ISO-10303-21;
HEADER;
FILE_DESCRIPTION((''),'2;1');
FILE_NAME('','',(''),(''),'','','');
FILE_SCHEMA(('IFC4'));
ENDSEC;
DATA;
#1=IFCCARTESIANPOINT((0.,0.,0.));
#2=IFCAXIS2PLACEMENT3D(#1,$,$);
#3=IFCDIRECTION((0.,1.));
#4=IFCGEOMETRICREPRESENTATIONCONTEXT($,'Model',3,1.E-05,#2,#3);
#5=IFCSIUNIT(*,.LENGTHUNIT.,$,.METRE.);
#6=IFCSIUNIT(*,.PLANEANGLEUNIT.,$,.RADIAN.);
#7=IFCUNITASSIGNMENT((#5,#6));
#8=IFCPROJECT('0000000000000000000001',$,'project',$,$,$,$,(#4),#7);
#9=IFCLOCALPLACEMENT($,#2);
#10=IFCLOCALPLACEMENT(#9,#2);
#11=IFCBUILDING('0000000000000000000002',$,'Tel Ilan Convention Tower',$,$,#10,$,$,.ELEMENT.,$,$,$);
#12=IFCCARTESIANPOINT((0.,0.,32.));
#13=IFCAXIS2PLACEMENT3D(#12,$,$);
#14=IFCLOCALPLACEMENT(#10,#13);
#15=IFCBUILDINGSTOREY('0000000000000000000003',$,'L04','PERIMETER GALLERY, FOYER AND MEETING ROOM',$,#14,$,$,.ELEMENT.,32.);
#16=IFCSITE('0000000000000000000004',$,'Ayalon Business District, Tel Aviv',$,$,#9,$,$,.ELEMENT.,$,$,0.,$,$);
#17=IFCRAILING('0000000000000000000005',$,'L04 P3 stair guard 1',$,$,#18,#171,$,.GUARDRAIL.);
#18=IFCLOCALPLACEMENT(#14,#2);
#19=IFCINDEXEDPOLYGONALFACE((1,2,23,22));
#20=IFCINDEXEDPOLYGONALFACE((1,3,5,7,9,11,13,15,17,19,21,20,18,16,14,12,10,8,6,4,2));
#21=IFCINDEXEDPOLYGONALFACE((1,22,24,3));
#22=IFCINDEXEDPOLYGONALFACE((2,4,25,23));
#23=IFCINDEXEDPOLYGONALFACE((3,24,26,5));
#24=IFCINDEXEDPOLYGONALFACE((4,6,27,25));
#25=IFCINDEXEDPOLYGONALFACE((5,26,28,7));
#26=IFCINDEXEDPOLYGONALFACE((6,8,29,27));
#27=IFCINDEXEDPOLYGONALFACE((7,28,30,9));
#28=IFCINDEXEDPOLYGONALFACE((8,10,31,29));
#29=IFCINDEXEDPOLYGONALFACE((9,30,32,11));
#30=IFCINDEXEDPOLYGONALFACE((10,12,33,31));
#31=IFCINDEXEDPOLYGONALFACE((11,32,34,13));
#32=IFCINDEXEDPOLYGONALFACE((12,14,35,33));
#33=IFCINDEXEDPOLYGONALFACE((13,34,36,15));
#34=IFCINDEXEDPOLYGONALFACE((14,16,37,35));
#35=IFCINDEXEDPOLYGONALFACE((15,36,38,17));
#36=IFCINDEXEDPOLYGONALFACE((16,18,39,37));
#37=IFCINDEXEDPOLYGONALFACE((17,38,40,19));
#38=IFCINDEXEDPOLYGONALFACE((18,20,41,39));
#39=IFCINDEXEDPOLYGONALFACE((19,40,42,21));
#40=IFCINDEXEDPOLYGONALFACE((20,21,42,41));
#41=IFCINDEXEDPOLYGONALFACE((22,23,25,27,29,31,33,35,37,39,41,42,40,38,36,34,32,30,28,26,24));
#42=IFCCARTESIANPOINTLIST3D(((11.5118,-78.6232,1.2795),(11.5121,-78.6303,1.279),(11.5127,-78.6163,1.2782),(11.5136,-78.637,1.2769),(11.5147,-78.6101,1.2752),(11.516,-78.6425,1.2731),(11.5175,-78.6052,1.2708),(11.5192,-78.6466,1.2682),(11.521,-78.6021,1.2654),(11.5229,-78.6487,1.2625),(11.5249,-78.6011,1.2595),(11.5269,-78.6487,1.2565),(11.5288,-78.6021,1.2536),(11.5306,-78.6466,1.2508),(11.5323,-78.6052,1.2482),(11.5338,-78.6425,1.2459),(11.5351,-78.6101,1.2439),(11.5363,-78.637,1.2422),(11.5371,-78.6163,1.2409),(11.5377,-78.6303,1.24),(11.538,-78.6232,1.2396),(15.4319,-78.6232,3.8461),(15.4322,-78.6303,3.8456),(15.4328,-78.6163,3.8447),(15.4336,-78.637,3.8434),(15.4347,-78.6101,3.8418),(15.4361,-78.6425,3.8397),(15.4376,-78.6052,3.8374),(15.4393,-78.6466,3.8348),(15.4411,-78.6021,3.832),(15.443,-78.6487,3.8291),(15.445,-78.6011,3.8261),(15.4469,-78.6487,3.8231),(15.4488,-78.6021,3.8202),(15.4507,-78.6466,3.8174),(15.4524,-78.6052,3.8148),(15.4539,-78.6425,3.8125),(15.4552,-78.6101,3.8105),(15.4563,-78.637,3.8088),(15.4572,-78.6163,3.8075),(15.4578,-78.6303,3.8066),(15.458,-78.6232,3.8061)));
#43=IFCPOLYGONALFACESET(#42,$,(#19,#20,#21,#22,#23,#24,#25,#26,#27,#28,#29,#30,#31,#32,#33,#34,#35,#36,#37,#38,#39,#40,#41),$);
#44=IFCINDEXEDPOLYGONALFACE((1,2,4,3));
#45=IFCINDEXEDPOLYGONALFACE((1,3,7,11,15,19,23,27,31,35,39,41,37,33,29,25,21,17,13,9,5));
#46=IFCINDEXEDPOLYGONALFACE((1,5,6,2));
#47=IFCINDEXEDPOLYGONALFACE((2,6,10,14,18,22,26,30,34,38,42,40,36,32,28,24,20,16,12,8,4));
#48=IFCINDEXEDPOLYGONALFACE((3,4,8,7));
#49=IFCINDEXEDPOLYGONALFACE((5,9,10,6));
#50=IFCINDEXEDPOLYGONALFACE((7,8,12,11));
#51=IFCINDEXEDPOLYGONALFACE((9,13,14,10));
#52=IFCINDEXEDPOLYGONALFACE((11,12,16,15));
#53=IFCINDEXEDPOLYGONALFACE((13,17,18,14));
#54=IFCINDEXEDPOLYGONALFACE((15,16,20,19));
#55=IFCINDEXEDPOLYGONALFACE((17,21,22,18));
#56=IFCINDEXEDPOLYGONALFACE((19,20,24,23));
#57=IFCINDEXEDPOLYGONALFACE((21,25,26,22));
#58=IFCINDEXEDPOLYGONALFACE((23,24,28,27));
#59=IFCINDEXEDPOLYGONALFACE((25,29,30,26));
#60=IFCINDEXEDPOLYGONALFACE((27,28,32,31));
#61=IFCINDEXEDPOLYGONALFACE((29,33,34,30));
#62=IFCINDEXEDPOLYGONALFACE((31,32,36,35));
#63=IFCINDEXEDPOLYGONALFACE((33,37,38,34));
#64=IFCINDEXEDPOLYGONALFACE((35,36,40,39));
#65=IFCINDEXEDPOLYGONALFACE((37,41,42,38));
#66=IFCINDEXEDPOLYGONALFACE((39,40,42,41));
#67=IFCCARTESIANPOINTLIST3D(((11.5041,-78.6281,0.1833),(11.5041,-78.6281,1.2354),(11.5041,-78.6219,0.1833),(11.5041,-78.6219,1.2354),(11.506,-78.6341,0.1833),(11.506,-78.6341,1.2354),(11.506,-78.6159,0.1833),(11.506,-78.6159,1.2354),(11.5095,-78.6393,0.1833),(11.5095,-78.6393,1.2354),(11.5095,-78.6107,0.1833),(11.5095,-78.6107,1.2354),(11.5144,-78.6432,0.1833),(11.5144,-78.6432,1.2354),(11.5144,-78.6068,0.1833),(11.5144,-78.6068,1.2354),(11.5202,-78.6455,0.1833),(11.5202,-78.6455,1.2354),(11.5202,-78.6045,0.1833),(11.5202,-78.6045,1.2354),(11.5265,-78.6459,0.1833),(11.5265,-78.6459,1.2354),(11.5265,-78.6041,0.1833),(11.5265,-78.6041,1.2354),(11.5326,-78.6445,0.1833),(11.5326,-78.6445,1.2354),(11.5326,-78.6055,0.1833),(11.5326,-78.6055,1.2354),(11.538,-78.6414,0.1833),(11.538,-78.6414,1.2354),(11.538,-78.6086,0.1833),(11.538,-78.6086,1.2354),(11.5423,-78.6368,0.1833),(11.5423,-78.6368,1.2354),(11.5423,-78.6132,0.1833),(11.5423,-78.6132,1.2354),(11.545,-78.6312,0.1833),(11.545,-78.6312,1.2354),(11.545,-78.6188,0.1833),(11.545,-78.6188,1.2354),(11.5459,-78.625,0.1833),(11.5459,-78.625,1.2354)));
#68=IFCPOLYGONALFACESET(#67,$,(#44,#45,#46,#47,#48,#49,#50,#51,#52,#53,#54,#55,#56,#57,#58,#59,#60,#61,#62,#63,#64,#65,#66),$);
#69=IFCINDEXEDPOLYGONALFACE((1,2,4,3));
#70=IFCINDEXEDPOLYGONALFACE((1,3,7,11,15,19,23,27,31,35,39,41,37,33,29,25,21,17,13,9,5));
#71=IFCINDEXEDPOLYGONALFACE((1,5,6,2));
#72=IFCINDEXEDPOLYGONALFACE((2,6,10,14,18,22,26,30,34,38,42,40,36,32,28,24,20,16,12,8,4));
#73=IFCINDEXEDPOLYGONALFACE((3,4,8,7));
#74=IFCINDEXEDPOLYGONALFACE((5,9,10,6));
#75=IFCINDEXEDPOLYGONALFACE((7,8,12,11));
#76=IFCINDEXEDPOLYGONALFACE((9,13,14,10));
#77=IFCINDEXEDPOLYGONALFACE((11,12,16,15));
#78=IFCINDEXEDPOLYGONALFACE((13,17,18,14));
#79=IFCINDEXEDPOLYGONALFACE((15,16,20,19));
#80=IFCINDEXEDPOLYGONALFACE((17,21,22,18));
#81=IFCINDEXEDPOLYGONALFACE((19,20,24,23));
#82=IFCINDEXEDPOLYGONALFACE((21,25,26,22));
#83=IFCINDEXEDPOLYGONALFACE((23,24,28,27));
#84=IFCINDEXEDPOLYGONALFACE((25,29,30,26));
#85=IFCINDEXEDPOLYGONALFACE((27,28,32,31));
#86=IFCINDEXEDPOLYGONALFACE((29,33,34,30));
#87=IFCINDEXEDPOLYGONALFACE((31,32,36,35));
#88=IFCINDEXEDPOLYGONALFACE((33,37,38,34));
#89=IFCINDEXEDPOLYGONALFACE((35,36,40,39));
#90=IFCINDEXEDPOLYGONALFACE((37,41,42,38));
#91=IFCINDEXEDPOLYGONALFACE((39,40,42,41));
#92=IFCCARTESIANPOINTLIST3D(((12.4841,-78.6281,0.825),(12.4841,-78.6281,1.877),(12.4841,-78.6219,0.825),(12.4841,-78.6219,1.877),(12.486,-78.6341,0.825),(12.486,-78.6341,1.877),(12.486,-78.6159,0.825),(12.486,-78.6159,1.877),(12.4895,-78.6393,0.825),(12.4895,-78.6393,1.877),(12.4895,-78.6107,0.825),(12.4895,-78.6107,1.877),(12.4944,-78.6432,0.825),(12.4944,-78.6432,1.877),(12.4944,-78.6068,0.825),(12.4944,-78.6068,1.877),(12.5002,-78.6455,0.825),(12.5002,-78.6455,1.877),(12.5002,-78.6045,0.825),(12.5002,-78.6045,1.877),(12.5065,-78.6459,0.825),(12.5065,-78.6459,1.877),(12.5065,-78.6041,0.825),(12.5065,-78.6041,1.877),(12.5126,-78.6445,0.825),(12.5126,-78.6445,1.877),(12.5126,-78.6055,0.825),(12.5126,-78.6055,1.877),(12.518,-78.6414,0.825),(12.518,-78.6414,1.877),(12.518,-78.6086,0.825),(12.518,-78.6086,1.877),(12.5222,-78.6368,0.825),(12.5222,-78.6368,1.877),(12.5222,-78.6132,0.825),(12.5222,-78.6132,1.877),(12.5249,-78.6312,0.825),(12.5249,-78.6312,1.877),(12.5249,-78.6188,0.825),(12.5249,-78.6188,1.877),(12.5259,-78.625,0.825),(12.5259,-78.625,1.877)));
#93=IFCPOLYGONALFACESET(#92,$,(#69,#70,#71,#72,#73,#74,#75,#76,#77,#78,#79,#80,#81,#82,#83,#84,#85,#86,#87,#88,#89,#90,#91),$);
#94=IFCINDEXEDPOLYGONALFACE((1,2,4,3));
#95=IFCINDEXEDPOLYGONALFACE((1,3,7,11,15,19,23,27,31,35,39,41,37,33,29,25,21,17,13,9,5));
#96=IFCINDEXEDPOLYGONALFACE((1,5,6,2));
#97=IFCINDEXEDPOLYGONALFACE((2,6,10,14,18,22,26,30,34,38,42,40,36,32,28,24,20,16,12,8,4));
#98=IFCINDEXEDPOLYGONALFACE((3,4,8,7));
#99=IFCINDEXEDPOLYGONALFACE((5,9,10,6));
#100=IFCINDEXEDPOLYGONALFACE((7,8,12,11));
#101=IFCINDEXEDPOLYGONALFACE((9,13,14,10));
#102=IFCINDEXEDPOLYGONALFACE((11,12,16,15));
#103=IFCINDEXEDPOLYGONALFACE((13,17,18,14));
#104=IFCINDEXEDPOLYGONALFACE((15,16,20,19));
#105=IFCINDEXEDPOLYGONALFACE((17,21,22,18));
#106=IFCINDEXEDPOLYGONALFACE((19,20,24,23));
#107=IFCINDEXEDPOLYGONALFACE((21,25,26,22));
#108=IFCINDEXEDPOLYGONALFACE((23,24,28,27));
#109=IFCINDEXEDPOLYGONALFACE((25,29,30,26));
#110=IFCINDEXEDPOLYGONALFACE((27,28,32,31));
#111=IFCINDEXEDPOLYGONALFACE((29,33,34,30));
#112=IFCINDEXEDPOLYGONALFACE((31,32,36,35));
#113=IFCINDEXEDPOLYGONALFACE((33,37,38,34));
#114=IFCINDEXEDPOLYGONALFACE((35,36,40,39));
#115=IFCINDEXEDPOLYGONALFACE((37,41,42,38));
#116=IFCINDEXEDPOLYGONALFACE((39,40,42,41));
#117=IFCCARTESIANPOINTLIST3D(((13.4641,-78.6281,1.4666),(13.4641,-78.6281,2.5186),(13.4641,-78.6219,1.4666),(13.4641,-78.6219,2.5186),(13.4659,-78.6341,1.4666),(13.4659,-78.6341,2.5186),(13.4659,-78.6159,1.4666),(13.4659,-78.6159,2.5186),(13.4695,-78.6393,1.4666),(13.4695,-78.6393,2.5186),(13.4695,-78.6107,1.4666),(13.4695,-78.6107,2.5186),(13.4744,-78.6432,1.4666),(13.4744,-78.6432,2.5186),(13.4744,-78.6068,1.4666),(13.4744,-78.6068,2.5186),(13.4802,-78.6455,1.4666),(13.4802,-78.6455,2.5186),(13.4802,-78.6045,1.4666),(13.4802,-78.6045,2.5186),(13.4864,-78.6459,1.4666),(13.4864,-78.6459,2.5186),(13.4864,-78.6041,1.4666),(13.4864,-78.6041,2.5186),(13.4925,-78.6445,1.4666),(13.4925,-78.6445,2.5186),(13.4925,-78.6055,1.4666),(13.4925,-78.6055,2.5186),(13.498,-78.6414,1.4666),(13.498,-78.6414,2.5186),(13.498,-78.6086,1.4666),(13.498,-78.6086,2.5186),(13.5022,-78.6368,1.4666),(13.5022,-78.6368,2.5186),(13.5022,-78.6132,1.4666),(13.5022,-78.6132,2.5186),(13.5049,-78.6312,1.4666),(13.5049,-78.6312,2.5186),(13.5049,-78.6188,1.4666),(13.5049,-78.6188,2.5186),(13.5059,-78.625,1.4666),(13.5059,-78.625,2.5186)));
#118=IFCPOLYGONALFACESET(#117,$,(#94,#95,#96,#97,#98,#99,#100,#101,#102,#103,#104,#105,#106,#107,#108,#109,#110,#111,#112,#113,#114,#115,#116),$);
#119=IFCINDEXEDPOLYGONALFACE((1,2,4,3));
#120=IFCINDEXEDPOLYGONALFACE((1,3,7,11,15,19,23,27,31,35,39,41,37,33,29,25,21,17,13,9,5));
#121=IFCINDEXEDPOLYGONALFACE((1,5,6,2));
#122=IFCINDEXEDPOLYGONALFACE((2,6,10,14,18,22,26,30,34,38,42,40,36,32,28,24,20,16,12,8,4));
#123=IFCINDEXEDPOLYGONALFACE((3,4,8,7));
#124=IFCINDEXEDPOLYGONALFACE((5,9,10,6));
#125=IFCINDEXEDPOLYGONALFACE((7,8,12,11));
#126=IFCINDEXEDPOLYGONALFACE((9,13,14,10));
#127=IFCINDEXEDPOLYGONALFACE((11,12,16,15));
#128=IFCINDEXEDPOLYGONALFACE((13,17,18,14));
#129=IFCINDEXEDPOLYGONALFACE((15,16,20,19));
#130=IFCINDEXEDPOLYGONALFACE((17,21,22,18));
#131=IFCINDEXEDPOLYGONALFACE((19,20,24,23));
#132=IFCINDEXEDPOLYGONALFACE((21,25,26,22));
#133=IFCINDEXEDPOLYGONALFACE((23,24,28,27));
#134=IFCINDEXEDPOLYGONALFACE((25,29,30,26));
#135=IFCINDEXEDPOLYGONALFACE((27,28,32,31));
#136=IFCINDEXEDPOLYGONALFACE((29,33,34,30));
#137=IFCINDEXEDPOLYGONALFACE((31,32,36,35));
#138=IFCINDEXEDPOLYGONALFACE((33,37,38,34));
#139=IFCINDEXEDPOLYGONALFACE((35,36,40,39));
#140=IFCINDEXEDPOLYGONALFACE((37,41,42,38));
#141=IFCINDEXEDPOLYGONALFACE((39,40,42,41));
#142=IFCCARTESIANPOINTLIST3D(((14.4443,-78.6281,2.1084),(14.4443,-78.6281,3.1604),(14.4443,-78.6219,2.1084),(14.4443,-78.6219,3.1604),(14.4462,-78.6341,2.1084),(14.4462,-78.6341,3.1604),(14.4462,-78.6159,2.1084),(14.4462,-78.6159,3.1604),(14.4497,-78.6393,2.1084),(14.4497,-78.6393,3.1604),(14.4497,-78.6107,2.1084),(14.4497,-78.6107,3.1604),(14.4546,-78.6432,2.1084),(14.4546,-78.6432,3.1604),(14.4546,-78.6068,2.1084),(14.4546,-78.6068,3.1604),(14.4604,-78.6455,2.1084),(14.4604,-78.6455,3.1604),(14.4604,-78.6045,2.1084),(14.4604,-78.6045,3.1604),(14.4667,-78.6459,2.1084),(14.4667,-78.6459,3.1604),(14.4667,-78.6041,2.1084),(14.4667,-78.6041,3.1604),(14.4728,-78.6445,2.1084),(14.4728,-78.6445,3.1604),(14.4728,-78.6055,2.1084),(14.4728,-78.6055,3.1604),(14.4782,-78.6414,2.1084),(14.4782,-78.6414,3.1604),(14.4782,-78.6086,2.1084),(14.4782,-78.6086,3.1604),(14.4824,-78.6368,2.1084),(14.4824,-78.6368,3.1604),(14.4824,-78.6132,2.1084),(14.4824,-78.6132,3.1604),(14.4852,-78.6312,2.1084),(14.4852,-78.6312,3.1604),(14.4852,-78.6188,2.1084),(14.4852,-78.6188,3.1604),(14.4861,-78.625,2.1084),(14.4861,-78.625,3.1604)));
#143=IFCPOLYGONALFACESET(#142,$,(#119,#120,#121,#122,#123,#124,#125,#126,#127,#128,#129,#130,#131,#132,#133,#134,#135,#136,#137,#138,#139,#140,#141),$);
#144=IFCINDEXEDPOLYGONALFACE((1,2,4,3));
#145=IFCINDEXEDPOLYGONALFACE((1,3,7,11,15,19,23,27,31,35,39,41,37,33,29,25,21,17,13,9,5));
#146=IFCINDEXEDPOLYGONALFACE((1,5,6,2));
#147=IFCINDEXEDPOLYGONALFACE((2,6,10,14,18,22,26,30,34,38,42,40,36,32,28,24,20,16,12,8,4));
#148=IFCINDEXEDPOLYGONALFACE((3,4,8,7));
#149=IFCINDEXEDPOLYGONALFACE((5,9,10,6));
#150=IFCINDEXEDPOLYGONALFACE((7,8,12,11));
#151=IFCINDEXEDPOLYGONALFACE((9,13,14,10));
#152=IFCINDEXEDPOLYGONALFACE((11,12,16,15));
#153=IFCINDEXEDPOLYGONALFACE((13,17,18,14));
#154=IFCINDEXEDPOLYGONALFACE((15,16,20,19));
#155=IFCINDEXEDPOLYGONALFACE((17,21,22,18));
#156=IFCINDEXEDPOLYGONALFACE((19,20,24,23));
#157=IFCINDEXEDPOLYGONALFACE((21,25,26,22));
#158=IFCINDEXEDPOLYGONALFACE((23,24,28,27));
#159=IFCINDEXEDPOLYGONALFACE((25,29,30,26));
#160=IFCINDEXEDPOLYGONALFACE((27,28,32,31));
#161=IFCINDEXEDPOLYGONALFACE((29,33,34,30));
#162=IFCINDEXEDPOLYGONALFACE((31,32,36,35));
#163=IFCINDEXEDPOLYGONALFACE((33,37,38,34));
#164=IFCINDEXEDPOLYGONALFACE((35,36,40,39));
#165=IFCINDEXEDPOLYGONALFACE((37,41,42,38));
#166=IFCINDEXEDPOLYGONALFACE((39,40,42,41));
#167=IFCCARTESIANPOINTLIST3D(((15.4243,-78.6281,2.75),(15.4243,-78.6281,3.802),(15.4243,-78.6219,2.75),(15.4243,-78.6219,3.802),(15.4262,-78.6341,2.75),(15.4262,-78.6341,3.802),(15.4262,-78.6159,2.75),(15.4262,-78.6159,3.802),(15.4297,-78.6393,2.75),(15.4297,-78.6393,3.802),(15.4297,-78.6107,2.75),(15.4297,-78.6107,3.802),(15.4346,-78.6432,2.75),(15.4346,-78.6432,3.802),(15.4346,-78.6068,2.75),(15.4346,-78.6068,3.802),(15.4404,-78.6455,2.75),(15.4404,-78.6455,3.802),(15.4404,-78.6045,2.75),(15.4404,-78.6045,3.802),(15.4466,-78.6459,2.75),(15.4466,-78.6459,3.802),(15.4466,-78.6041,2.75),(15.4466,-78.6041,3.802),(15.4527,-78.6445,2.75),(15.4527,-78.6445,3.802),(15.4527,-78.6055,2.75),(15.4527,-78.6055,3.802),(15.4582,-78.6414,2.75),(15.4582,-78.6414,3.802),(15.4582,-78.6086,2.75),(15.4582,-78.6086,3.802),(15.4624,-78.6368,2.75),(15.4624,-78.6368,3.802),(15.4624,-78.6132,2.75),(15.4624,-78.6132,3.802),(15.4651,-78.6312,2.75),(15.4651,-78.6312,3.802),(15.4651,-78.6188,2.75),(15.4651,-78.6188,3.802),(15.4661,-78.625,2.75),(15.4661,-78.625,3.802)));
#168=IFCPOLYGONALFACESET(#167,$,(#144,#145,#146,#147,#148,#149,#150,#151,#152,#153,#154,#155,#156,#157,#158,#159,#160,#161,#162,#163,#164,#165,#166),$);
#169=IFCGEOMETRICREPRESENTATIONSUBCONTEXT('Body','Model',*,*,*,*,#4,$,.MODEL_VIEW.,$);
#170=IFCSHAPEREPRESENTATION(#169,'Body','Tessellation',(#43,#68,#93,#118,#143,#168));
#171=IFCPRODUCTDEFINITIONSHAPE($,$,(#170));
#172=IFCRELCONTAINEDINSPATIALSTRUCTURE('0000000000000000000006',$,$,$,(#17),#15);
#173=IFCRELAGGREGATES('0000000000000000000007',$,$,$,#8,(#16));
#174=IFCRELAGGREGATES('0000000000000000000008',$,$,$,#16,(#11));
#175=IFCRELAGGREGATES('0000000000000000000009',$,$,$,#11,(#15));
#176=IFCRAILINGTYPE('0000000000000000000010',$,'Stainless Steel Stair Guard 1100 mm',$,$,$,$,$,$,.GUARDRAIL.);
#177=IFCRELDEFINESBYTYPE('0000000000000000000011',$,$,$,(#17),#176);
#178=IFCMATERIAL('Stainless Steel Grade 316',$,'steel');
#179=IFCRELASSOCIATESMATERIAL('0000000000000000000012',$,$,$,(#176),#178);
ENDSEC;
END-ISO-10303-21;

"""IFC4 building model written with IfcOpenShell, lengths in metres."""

from ifc_helpers import new_model, si_unit, direction, frame, origin, origin_2d, place, context, subcontext, project, spatial, circle, extrude, material, type_object, element, save


model = new_model("IFC4")

# Units and contexts
model_context = context("Model", 3, precision=1e-05, world=origin(), true_north=direction((0.0, 1.0)))
body_context = subcontext(model_context, "Body", "Model", "MODEL_VIEW")
ifc_project = project(units=[si_unit("LENGTHUNIT", "METRE"), si_unit("PLANEANGLEUNIT", "RADIAN")], contexts=[model_context])

# Site, building, storey
site_placement = place(None, origin())
site = spatial("IfcSite", under=ifc_project, at=site_placement, Name="Ayalon Business District, Tel Aviv", CompositionType="ELEMENT", RefElevation=0.0)
building_placement = place(site_placement, origin())
building = spatial("IfcBuilding", under=site, at=building_placement, Name="Tel Ilan Convention Tower", CompositionType="ELEMENT")
storey_placement = place(building_placement, frame((0.0, 0.0, 32.0)))
storey = spatial("IfcBuildingStorey", under=building, at=storey_placement, Name="L04", Description="PERIMETER GALLERY, FOYER AND MEETING ROOM", CompositionType="ELEMENT", Elevation=32.0)

# Railing
ifc_material_1 = material(Name="Stainless Steel Grade 316", Category="steel")
railing_type_1 = type_object("IfcRailingType", Name="Stainless Steel Stair Guard 1100 mm", PredefinedType="GUARDRAIL", material=ifc_material_1)
railing_1_placement = place(storey_placement, frame((11.5249, -78.625, 0.1833)))
element("IfcRailing", 1, at=railing_1_placement, inside=storey, type_object=railing_type_1, Name="L04 P3 stair guard 1", PredefinedType="GUARDRAIL", context=body_context, shape_type="SweptSolid", body=[
    extrude(circle(Radius=0.0239, at=origin_2d()), frame((0.0, 0.0, 1.0762), z_axis=(0.836631, 0.0, 0.547767), x_axis=(0.0, 1.0, 0.0)), (0.0, 0.0, 1.0), 4.6855),
    extrude(circle(Radius=0.021, at=origin_2d()), origin(), (0.0, 0.0, 1.0), 1.052),
    extrude(circle(Radius=0.021, at=origin_2d()), frame((0.98, 0.0, 0.6416)), (0.0, 0.0, 1.0), 1.052),
    extrude(circle(Radius=0.021, at=origin_2d()), frame((1.96, 0.0, 1.2832)), (0.0, 0.0, 1.0), 1.052),
    extrude(circle(Radius=0.021, at=origin_2d()), frame((2.9402, 0.0, 1.925)), (0.0, 0.0, 1.0), 1.052),
    extrude(circle(Radius=0.021, at=origin_2d()), frame((3.9202, 0.0, 2.5667)), (0.0, 0.0, 1.0), 1.052),
])

save(model, "model.ifc")
